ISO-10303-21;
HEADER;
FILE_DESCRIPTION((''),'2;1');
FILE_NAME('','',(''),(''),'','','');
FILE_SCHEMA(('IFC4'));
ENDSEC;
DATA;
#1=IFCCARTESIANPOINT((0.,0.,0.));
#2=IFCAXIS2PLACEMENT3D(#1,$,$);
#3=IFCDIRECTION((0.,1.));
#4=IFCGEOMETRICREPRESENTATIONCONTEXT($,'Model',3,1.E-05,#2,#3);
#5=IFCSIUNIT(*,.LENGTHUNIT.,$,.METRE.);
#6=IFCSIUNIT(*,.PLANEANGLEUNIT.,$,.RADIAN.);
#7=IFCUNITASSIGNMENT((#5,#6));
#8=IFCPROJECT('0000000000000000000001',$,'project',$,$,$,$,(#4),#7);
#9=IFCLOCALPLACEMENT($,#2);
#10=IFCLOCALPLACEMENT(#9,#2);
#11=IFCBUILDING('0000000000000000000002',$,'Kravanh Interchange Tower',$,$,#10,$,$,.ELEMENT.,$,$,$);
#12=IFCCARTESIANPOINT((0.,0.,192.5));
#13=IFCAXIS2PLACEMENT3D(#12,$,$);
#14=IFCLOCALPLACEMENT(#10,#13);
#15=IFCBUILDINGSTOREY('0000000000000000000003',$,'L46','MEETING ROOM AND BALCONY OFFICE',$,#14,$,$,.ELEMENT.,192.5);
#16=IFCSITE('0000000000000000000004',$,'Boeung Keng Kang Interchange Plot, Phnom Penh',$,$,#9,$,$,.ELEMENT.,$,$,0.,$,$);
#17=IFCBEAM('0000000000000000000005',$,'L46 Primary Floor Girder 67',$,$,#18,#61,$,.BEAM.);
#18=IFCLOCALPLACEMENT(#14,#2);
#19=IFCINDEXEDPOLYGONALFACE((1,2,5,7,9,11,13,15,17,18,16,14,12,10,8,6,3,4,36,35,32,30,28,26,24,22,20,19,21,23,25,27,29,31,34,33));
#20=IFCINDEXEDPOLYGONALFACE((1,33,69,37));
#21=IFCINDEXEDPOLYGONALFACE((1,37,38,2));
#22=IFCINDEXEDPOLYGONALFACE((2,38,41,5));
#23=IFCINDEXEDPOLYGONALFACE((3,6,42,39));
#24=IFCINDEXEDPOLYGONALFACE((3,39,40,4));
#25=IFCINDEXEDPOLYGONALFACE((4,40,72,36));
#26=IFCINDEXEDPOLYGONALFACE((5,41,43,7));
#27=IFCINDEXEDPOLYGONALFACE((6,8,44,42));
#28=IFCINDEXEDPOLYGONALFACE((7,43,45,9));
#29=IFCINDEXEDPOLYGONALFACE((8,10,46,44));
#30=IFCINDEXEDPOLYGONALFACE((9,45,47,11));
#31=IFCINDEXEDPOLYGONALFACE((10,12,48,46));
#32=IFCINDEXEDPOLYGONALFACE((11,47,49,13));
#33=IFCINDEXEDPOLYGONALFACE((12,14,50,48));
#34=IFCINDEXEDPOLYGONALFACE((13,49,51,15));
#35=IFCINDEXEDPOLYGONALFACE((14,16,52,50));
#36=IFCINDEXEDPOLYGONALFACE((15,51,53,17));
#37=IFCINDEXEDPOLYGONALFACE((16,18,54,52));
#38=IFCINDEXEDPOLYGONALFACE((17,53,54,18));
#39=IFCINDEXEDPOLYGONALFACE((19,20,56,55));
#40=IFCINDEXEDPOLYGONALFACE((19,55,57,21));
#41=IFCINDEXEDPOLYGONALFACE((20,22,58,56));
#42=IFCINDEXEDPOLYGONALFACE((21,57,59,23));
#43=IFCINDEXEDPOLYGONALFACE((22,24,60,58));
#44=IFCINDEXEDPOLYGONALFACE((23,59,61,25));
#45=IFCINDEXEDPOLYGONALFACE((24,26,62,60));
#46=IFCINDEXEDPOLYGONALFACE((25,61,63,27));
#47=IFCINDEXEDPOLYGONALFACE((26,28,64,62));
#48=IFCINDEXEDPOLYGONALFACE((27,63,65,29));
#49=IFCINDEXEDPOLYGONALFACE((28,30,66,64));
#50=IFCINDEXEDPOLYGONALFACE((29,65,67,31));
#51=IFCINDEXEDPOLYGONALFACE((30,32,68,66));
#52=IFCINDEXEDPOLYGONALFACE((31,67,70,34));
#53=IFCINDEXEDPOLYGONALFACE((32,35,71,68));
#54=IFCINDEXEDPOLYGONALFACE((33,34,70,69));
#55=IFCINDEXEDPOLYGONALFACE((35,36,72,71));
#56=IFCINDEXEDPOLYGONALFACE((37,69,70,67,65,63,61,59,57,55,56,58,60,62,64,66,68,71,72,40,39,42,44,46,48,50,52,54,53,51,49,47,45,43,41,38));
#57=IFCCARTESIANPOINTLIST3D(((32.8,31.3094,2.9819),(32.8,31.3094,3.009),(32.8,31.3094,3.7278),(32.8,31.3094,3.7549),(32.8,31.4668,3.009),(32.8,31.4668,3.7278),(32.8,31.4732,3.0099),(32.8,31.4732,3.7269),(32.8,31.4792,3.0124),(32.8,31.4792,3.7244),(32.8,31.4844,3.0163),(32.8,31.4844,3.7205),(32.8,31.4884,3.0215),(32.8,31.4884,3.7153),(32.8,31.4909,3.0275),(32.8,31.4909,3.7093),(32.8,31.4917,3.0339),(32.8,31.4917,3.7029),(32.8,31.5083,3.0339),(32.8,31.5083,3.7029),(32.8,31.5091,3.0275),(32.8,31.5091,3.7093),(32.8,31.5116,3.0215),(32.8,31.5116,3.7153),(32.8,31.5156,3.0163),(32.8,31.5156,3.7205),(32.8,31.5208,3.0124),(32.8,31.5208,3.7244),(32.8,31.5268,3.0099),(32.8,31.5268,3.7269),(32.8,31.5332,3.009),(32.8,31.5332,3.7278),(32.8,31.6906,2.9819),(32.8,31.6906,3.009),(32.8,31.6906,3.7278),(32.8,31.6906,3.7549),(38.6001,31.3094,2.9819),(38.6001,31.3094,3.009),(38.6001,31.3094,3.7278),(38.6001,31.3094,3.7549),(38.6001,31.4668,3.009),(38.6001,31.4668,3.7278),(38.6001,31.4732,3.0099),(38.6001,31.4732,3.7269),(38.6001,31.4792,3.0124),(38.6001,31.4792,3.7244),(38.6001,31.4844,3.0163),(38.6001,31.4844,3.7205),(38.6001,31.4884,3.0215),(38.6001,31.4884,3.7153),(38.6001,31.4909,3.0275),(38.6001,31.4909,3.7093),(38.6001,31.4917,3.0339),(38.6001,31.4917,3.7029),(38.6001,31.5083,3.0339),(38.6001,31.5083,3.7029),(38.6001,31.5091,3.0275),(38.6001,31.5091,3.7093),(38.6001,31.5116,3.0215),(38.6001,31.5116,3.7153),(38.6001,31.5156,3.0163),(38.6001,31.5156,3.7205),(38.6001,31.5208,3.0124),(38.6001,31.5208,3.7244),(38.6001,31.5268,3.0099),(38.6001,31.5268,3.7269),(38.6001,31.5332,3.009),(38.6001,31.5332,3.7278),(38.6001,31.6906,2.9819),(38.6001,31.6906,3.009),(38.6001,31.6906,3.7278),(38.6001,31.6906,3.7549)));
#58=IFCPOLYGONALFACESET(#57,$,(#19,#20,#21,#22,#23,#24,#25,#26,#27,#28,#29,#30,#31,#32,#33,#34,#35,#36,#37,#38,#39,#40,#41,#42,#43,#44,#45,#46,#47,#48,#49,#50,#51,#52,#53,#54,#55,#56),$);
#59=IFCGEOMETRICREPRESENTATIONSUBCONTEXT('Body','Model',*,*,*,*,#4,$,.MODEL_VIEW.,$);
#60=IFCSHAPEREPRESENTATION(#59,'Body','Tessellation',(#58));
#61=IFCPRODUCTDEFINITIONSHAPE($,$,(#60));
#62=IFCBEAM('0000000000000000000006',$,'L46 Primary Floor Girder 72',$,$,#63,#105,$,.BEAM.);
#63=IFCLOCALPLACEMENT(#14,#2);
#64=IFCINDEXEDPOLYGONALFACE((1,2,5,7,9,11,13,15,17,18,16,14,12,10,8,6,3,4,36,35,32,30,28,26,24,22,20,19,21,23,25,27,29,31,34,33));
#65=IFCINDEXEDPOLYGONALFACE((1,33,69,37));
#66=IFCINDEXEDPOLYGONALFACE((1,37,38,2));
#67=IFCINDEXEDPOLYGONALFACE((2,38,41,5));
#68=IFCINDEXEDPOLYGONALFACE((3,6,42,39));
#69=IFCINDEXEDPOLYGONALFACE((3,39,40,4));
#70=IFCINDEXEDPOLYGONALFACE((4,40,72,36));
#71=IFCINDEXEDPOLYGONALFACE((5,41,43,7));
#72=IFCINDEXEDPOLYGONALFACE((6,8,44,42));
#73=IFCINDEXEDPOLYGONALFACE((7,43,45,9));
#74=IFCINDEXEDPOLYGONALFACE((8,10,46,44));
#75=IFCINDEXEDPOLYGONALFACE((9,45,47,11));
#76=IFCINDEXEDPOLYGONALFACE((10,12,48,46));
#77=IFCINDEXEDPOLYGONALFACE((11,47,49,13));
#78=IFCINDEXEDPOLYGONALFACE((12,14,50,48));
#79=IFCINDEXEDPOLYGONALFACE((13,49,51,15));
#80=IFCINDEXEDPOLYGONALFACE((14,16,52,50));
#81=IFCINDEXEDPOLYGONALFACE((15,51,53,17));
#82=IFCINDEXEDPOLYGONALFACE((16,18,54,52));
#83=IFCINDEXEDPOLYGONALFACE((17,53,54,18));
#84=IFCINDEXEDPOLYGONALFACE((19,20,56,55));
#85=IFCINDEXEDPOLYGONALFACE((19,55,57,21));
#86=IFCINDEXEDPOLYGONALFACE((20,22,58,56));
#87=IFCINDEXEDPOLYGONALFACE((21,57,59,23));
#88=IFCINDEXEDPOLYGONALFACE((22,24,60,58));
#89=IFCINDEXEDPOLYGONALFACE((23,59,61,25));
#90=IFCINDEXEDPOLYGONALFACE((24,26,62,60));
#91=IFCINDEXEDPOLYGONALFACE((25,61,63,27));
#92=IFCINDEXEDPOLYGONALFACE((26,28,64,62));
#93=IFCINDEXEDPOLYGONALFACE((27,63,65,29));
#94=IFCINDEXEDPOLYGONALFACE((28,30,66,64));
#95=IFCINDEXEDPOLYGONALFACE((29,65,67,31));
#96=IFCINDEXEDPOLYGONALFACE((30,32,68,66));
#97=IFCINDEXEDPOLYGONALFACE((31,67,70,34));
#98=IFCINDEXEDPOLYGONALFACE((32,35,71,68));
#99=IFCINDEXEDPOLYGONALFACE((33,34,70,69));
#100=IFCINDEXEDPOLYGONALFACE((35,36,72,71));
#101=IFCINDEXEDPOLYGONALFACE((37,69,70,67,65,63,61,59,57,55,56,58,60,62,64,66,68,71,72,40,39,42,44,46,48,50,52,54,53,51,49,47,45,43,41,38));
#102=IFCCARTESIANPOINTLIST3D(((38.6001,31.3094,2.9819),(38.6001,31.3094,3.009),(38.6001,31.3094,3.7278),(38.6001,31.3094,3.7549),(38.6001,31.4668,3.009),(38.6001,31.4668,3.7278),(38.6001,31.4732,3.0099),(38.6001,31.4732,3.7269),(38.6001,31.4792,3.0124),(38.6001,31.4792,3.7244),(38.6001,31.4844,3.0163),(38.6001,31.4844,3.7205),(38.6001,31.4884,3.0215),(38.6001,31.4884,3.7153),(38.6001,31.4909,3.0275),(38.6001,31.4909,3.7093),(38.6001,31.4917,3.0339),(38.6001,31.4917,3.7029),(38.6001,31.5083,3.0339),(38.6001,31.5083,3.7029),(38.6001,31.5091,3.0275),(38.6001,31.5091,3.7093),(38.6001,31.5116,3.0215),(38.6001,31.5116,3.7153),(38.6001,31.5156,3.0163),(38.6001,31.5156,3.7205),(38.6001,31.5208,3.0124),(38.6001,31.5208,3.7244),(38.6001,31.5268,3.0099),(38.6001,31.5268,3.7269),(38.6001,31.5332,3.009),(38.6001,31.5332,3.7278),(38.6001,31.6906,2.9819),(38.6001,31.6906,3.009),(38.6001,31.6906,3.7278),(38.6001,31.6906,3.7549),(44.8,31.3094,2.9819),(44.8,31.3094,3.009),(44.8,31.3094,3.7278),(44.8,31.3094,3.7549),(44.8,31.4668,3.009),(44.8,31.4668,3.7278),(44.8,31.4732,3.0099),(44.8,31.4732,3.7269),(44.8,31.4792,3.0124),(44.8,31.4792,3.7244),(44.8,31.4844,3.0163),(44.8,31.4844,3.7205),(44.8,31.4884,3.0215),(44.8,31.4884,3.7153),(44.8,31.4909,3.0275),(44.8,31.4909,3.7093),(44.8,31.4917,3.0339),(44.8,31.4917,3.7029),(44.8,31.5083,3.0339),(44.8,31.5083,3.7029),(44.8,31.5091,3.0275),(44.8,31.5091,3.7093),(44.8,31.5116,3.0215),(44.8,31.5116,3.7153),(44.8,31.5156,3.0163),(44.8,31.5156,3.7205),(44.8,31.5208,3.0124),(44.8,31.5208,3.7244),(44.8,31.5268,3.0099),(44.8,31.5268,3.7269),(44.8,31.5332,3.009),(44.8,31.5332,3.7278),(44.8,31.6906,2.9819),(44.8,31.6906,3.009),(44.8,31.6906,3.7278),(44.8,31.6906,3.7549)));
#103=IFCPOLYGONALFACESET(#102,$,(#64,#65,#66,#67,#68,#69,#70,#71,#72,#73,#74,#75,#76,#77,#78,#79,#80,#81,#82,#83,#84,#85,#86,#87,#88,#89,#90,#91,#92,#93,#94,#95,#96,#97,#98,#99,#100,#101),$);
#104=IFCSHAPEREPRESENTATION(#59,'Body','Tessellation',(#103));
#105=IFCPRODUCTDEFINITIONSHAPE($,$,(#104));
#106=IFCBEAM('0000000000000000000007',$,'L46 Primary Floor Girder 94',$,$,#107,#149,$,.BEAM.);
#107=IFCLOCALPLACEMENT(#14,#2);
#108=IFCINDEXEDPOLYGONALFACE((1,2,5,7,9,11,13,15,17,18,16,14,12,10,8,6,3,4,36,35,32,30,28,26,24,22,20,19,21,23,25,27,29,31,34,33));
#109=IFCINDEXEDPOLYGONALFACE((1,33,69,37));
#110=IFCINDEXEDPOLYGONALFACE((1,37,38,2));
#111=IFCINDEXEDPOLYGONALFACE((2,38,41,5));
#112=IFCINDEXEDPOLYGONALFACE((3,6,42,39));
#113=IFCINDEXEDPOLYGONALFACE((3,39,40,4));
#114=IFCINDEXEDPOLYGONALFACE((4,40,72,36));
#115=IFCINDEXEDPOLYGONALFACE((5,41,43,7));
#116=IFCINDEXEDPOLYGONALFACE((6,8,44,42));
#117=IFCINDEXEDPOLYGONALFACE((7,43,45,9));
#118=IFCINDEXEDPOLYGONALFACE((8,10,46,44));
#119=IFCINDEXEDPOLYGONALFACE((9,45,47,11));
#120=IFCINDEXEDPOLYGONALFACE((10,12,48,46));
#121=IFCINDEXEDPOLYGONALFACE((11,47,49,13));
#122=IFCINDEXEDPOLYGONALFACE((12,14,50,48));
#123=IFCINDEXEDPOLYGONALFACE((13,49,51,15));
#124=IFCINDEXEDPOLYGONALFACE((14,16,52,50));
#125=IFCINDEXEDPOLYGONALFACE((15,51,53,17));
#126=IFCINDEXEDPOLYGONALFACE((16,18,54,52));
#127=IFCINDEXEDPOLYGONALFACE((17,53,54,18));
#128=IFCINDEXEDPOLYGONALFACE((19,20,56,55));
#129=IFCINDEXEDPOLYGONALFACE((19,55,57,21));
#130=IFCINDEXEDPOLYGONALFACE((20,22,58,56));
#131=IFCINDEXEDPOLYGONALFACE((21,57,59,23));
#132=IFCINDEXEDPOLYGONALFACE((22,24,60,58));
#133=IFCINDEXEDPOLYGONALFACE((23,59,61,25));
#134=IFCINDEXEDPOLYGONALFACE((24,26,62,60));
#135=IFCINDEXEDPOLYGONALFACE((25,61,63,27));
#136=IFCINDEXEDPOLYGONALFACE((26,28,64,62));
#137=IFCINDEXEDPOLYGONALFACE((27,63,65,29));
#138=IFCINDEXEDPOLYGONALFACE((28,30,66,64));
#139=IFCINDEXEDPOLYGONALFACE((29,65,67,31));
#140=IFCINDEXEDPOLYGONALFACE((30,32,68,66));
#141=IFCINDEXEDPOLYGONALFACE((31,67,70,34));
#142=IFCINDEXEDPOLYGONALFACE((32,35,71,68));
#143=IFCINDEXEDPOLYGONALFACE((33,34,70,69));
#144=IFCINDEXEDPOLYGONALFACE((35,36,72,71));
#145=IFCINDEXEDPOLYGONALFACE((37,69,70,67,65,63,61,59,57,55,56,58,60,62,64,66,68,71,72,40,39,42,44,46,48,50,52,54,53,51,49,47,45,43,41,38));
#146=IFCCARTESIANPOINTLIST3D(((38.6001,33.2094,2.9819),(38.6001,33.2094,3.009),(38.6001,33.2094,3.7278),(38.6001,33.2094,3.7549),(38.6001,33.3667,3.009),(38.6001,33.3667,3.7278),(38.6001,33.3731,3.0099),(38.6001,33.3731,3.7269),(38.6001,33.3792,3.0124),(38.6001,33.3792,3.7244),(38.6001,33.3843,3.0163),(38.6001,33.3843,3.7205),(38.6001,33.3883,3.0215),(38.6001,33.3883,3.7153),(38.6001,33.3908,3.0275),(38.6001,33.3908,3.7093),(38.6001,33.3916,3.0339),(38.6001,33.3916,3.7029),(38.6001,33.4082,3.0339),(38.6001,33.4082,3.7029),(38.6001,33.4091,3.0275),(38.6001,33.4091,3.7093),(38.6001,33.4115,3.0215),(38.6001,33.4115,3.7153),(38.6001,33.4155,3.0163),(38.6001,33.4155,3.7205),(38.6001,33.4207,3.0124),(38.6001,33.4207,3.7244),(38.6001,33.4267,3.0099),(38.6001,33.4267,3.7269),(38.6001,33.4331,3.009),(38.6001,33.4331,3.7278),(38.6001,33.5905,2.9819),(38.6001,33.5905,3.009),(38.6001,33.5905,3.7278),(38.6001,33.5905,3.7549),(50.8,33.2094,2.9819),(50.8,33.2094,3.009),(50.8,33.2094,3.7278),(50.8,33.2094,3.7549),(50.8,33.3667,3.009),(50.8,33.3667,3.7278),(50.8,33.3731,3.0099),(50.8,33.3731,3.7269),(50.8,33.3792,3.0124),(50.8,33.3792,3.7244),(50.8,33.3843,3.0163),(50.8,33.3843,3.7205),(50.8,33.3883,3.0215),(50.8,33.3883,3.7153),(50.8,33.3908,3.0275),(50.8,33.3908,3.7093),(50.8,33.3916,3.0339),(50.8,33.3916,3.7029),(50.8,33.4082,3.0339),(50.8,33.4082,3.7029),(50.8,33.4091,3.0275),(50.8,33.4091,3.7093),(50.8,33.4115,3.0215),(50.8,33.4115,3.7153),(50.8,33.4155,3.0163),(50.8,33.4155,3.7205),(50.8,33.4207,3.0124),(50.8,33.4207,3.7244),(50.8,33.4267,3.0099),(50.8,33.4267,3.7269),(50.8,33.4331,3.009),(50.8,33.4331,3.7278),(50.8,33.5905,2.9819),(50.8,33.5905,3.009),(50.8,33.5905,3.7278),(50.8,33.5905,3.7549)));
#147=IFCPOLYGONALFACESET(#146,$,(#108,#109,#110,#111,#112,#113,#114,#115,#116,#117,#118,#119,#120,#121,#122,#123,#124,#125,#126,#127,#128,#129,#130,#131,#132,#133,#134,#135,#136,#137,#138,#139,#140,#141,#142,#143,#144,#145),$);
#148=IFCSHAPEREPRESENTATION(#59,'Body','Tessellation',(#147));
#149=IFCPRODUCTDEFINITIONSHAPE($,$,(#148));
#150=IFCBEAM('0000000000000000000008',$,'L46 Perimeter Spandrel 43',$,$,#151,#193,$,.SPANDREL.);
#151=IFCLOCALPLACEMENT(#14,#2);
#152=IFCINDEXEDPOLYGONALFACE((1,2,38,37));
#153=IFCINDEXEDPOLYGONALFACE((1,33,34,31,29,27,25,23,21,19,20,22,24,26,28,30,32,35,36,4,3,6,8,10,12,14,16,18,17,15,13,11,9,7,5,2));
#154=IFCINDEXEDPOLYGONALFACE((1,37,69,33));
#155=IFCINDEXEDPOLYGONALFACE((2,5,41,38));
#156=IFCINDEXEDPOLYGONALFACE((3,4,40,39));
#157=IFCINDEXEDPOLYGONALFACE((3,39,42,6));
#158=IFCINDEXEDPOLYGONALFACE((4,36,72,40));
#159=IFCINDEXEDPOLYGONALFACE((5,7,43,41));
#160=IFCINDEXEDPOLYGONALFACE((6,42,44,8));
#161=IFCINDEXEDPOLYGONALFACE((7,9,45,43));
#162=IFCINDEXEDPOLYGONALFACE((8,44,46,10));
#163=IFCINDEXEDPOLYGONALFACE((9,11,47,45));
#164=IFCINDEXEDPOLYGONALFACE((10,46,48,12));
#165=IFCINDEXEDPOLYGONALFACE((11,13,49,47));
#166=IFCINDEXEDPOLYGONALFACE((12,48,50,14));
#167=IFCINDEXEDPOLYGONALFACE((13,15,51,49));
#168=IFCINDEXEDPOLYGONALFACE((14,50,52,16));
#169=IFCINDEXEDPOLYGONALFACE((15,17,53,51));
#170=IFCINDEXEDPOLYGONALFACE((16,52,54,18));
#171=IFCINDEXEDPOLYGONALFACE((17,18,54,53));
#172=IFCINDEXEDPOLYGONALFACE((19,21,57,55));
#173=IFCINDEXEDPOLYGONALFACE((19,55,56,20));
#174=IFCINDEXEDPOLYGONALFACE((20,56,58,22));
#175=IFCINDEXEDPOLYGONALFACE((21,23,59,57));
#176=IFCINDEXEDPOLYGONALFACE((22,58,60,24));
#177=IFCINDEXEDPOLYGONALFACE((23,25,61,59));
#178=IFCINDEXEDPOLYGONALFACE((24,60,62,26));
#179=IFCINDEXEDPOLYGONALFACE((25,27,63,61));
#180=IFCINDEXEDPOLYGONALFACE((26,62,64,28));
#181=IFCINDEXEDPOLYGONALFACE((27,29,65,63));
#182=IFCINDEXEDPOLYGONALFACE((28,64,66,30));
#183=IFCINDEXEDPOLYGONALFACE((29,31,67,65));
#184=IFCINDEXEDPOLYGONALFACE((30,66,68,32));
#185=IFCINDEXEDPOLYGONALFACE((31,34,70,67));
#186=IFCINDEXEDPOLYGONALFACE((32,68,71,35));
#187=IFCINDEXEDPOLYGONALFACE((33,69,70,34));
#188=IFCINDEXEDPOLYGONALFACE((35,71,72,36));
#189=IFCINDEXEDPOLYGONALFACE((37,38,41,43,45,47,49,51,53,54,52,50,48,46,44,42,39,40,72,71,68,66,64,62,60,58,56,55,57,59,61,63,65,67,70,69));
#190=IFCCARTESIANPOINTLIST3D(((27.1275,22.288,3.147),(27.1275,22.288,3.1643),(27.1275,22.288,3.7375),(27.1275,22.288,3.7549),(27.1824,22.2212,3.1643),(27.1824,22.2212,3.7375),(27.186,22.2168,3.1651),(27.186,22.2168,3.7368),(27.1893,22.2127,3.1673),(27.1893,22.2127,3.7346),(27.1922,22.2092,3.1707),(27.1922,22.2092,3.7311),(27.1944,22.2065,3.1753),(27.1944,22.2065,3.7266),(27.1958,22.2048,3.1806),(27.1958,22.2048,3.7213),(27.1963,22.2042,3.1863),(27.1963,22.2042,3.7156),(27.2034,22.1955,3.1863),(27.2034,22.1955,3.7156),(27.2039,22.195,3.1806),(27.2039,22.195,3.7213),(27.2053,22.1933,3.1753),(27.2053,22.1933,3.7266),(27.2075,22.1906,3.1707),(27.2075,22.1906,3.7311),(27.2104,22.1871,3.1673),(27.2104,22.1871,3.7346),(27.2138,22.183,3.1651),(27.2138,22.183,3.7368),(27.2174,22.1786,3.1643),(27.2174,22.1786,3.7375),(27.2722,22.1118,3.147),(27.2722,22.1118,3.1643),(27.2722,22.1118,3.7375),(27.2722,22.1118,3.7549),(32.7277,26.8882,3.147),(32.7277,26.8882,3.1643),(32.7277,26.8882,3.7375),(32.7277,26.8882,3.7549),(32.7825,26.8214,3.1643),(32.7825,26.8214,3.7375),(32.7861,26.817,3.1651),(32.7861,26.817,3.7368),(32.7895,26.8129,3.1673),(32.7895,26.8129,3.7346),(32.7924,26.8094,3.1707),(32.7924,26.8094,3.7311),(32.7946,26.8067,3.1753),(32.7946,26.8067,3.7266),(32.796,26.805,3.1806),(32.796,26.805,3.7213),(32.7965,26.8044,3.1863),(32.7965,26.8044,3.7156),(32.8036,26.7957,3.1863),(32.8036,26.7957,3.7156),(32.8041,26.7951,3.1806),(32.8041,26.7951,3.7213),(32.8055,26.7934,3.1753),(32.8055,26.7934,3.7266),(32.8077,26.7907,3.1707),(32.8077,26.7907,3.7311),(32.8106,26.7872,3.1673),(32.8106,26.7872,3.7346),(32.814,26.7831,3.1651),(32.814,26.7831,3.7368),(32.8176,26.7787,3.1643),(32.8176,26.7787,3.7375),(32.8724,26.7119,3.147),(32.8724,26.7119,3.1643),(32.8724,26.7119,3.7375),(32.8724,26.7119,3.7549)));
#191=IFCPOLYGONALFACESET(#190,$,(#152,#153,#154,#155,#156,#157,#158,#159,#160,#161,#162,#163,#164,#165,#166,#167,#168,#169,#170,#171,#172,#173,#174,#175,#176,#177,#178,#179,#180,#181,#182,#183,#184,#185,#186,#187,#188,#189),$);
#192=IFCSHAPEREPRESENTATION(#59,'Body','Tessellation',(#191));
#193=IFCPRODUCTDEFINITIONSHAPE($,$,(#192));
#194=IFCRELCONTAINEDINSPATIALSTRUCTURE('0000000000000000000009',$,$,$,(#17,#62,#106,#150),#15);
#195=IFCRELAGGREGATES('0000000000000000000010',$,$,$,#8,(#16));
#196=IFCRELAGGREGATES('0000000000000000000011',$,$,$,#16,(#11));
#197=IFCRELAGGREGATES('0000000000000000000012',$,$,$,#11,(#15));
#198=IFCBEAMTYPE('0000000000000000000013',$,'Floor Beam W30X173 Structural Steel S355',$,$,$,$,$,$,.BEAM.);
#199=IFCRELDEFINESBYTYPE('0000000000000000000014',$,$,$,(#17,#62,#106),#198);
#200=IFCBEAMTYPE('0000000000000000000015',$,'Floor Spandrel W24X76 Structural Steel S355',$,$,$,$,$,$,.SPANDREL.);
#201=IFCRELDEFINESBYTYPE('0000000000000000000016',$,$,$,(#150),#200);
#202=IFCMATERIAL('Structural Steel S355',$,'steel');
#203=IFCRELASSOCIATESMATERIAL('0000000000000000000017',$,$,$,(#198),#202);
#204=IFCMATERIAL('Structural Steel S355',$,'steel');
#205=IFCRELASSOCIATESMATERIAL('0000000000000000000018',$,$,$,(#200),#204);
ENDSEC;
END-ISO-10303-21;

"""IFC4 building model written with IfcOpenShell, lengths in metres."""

from ifc_helpers import new_model, si_unit, direction, frame, origin, origin_2d, place, context, subcontext, project, spatial, i_section, extrude, material, material_profile, profile_set, type_object, element, save


model = new_model("IFC4")

# Units and contexts
model_context = context("Model", 3, precision=1e-05, world=origin(), true_north=direction((0.0, 1.0)))
body_context = subcontext(model_context, "Body", "Model", "MODEL_VIEW")
ifc_project = project(units=[si_unit("LENGTHUNIT", "METRE"), si_unit("PLANEANGLEUNIT", "RADIAN")], contexts=[model_context])

# Site, building, storey
site_placement = place(None, origin())
site = spatial("IfcSite", under=ifc_project, at=site_placement, Name="Boeung Keng Kang Interchange Plot, Phnom Penh", CompositionType="ELEMENT", RefElevation=0.0)
building_placement = place(site_placement, origin())
building = spatial("IfcBuilding", under=site, at=building_placement, Name="Kravanh Interchange Tower", CompositionType="ELEMENT")
storey_placement = place(building_placement, frame((0.0, 0.0, 192.5)))
storey = spatial("IfcBuildingStorey", under=building, at=storey_placement, Name="L46", Description="MEETING ROOM AND BALCONY OFFICE", CompositionType="ELEMENT", Elevation=192.5)

# Beams
ifc_material_1 = material(Name="Structural Steel S355", Category="steel")
ifc_material_profile_1 = material_profile(ifc_material_1, i_section(OverallWidth=0.3811, OverallDepth=0.7729, WebThickness=0.0166, FlangeThickness=0.0271, FilletRadius=0.0249, at=origin_2d()), Name="W30X173")
ifc_profile_set_1 = profile_set([ifc_material_profile_1], Name="Structural Steel S355")
beam_type_1 = type_object("IfcBeamType", Name="Floor Beam W30X173 Structural Steel S355", PredefinedType="BEAM", material=ifc_profile_set_1)
beam_1_placement = place(storey_placement, frame((32.8, 31.5, 3.3684), z_axis=(1.0, 0.0, 0.0), x_axis=(0.0, 1.0, 0.0)))
element("IfcBeam", 1, at=beam_1_placement, inside=storey, type_object=beam_type_1, Name="L46 Primary Floor Girder 67", PredefinedType="BEAM", context=body_context, shape_type="SweptSolid", body=[
    extrude(i_section(OverallWidth=0.3811, OverallDepth=0.7729, WebThickness=0.0166, FlangeThickness=0.0271, FilletRadius=0.0249, at=origin_2d()), origin(), (0.0, 0.0, 1.0), 5.8),
])
beam_2_placement = place(storey_placement, frame((38.6001, 31.5, 3.3684), z_axis=(1.0, 0.0, 0.0), x_axis=(0.0, 1.0, 0.0)))
element("IfcBeam", 2, at=beam_2_placement, inside=storey, type_object=beam_type_1, Name="L46 Primary Floor Girder 72", PredefinedType="BEAM", context=body_context, shape_type="SweptSolid", body=[
    extrude(i_section(OverallWidth=0.3811, OverallDepth=0.7729, WebThickness=0.0166, FlangeThickness=0.0271, FilletRadius=0.0249, at=origin_2d()), origin(), (0.0, 0.0, 1.0), 6.2),
])
beam_3_placement = place(storey_placement, frame((38.6001, 33.3999, 3.3684), z_axis=(1.0, 0.0, 0.0), x_axis=(0.0, 1.0, 0.0)))
element("IfcBeam", 3, at=beam_3_placement, inside=storey, type_object=beam_type_1, Name="L46 Primary Floor Girder 94", PredefinedType="BEAM", context=body_context, shape_type="SweptSolid", body=[
    extrude(i_section(OverallWidth=0.3811, OverallDepth=0.7729, WebThickness=0.0166, FlangeThickness=0.0271, FilletRadius=0.0249, at=origin_2d()), origin(), (0.0, 0.0, 1.0), 12.2),
])
ifc_material_2 = material(Name="Structural Steel S355", Category="steel")
ifc_material_profile_2 = material_profile(ifc_material_2, i_section(OverallWidth=0.228, OverallDepth=0.6079, WebThickness=0.0112, FlangeThickness=0.0173, FilletRadius=0.022, at=origin_2d()), Name="W24X76")
ifc_profile_set_2 = profile_set([ifc_material_profile_2], Name="Structural Steel S355")
beam_type_2 = type_object("IfcBeamType", Name="Floor Spandrel W24X76 Structural Steel S355", PredefinedType="SPANDREL", material=ifc_profile_set_2)
beam_4_placement = place(storey_placement, frame((32.8, 26.8, 3.4509), z_axis=(-0.772725, -0.634741, 0.0), x_axis=(0.634741, -0.772725, 0.0)))
element("IfcBeam", 4, at=beam_4_placement, inside=storey, type_object=beam_type_2, Name="L46 Perimeter Spandrel 43", PredefinedType="SPANDREL", context=body_context, shape_type="SweptSolid", body=[
    extrude(i_section(OverallWidth=0.228, OverallDepth=0.6079, WebThickness=0.0112, FlangeThickness=0.0173, FilletRadius=0.022, at=origin_2d()), origin(), (0.0, 0.0, 1.0), 7.2473),
])

save(model, "model.ifc")
